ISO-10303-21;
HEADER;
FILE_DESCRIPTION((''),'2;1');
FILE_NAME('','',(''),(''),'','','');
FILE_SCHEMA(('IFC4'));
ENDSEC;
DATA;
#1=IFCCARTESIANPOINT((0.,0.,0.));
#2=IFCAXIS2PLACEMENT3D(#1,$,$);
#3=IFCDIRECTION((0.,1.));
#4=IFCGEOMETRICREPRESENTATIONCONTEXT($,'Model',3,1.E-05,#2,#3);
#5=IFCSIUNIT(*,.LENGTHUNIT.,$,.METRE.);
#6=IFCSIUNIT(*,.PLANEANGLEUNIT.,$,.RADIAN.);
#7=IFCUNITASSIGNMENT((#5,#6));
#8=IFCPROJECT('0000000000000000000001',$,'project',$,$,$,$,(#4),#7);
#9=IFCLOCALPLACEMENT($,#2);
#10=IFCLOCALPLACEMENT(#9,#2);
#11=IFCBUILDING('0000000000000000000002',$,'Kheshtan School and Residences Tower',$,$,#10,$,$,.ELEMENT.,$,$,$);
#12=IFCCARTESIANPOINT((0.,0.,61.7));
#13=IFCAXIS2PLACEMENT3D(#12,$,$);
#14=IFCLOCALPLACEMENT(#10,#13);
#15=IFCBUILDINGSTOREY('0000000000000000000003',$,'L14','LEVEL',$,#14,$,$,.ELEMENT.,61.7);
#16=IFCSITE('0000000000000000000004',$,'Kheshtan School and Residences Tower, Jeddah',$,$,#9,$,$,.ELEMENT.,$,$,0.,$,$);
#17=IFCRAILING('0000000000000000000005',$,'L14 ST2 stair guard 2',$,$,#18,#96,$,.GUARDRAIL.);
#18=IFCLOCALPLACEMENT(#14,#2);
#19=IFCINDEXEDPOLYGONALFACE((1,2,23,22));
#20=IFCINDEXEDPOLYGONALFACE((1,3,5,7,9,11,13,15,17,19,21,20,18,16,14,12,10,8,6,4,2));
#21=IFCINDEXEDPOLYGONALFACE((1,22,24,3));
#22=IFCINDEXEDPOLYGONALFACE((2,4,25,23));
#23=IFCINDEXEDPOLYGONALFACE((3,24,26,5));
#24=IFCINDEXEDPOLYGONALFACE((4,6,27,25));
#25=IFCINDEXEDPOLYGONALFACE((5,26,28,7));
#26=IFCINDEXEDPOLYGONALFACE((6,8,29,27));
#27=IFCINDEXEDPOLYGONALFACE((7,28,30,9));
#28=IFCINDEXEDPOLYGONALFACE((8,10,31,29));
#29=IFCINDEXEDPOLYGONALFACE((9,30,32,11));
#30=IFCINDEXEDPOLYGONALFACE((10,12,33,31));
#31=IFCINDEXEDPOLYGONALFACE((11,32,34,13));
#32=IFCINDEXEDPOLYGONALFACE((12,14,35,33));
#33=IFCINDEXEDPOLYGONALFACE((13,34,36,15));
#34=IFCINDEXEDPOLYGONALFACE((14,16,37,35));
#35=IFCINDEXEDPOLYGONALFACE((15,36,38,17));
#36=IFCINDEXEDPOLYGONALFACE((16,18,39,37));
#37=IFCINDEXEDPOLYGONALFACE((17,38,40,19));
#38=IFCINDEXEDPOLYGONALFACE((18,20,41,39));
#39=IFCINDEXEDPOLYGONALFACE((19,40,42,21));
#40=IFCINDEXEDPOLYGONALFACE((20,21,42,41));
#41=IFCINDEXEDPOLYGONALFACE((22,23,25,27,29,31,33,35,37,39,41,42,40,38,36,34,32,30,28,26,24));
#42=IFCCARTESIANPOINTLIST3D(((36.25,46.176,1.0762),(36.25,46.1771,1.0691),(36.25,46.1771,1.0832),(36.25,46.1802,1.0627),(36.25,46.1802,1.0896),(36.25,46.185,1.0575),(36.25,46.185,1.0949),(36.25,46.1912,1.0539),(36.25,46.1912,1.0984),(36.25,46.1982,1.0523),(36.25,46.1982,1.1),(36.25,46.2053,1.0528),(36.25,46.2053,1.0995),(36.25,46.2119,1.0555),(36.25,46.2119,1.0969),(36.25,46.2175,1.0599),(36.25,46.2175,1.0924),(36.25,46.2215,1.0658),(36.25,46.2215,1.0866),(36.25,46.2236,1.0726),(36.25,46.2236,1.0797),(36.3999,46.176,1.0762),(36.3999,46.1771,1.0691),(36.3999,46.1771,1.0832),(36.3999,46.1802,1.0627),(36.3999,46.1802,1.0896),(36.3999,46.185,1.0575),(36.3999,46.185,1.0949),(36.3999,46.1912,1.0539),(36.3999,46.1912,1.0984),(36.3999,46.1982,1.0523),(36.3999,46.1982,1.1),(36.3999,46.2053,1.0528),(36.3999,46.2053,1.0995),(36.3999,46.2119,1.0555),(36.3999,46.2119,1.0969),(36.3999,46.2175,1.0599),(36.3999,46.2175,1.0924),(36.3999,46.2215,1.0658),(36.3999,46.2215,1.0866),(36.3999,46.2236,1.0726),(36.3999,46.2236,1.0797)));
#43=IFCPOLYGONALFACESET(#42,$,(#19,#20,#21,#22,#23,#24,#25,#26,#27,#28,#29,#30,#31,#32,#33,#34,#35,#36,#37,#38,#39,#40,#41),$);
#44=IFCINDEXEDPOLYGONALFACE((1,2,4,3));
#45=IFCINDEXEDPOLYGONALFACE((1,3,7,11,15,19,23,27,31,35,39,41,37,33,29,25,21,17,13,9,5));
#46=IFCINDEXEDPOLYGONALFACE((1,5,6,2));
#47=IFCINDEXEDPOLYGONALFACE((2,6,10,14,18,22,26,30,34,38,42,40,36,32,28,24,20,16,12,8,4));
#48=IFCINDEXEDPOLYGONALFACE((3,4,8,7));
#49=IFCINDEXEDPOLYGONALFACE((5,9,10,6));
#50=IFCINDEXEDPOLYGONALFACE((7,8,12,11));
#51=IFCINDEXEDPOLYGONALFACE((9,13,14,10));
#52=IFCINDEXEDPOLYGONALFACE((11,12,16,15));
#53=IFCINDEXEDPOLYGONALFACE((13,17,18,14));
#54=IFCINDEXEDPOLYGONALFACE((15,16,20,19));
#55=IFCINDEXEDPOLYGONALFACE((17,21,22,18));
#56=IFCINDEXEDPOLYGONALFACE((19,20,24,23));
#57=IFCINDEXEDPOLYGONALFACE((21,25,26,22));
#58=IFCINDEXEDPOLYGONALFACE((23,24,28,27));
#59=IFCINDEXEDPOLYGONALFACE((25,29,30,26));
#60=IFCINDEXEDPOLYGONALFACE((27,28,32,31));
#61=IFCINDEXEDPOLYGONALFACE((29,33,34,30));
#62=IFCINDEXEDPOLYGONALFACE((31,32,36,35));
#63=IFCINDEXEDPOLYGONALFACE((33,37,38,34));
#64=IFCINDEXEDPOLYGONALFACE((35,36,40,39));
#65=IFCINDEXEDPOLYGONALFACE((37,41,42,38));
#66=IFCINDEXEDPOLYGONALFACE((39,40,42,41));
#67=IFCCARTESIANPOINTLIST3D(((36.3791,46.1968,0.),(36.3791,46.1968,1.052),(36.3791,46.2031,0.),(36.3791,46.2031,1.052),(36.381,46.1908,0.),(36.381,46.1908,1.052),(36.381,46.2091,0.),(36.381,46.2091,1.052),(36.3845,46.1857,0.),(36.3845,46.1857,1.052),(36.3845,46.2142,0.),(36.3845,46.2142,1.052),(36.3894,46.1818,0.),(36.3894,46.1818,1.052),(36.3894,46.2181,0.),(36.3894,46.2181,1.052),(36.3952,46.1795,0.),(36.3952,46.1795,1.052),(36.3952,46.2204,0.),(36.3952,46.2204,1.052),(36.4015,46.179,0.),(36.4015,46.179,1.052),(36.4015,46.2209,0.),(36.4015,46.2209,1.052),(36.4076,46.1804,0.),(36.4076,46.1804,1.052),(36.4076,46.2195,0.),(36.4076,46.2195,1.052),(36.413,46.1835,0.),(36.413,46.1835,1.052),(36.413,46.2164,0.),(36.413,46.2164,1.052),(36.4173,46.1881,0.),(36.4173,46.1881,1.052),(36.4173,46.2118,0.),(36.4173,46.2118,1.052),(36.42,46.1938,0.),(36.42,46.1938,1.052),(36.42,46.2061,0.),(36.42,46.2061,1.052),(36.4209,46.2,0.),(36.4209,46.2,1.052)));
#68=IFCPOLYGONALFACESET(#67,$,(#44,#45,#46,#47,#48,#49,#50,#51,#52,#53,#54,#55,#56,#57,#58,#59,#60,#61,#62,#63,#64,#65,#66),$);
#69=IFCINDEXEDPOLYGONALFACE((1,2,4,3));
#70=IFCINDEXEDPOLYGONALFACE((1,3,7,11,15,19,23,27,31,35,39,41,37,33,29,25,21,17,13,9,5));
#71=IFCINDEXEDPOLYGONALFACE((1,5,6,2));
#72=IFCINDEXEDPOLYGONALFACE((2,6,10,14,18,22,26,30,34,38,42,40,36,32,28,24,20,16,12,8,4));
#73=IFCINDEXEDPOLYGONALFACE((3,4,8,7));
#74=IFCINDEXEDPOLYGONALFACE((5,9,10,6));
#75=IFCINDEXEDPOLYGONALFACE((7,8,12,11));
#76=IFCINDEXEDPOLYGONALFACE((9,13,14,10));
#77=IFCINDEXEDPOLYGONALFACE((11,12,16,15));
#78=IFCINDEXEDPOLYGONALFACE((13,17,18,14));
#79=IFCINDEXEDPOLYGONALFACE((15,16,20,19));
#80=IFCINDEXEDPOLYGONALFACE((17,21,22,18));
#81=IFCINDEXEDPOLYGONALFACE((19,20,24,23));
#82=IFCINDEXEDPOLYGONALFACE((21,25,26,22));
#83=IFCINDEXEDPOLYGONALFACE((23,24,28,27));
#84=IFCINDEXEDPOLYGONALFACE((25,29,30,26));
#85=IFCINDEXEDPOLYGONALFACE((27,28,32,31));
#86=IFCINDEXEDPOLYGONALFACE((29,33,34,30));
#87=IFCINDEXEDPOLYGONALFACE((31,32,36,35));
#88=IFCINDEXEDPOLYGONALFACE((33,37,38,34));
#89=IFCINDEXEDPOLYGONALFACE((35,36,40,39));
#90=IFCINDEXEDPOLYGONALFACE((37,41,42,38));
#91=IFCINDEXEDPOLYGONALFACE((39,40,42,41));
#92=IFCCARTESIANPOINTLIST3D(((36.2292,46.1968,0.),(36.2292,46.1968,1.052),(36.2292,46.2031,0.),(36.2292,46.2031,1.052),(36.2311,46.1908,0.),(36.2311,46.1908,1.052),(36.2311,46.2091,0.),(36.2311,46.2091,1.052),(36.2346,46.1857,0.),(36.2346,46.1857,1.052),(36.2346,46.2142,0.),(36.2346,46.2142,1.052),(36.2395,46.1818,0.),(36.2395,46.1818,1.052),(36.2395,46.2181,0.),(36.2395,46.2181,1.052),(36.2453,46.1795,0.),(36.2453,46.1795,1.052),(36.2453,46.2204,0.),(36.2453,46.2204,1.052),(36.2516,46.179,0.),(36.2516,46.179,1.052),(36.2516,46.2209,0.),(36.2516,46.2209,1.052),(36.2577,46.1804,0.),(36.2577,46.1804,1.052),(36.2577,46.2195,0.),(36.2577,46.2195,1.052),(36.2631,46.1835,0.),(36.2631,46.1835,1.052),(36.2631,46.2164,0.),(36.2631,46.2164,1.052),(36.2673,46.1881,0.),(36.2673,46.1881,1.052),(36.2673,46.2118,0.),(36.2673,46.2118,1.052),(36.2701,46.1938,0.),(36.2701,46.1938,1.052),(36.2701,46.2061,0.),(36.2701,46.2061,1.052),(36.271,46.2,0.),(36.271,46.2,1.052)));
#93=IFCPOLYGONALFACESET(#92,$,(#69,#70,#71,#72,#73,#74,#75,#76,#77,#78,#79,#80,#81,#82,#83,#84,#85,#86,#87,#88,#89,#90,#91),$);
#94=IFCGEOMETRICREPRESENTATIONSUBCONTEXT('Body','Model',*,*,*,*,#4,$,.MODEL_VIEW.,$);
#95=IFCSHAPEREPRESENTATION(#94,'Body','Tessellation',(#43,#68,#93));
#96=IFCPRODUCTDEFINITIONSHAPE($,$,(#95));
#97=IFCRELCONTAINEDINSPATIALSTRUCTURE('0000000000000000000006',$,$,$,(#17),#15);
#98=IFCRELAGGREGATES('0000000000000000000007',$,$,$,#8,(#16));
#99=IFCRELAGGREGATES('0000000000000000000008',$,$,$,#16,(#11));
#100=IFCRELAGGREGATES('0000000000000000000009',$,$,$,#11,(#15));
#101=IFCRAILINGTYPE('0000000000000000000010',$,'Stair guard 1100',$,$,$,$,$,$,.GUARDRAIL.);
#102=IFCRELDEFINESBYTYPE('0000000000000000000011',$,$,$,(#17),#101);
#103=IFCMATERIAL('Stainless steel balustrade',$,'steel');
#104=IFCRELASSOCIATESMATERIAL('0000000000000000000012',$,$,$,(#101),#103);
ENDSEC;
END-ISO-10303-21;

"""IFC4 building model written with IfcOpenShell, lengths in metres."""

from ifc_helpers import new_model, si_unit, direction, frame, origin, origin_2d, place, context, subcontext, project, spatial, circle, extrude, material, type_object, element, save


model = new_model("IFC4")

# Units and contexts
model_context = context("Model", 3, precision=1e-05, world=origin(), true_north=direction((0.0, 1.0)))
body_context = subcontext(model_context, "Body", "Model", "MODEL_VIEW")
ifc_project = project(units=[si_unit("LENGTHUNIT", "METRE"), si_unit("PLANEANGLEUNIT", "RADIAN")], contexts=[model_context])

# Site, building, storey
site_placement = place(None, origin())
site = spatial("IfcSite", under=ifc_project, at=site_placement, Name="Kheshtan School and Residences Tower, Jeddah", CompositionType="ELEMENT", RefElevation=0.0)
building_placement = place(site_placement, origin())
building = spatial("IfcBuilding", under=site, at=building_placement, Name="Kheshtan School and Residences Tower", CompositionType="ELEMENT")
storey_placement = place(building_placement, frame((0.0, 0.0, 61.7)))
storey = spatial("IfcBuildingStorey", under=building, at=storey_placement, Name="L14", Description="LEVEL", CompositionType="ELEMENT", Elevation=61.7)

# Railing
ifc_material_1 = material(Name="Stainless steel balustrade", Category="steel")
railing_type_1 = type_object("IfcRailingType", Name="Stair guard 1100", PredefinedType="GUARDRAIL", material=ifc_material_1)
railing_1_placement = place(storey_placement, frame((36.3999, 46.2, 0.0)))
element("IfcRailing", 1, at=railing_1_placement, inside=storey, type_object=railing_type_1, Name="L14 ST2 stair guard 2", PredefinedType="GUARDRAIL", context=body_context, shape_type="SweptSolid", body=[
    extrude(circle(Radius=0.0239, at=origin_2d()), frame((0.0, 0.0, 1.0762), z_axis=(-1.0, 0.0, 0.0), x_axis=(0.0, -1.0, 0.0)), (0.0, 0.0, 1.0), 0.1499),
    extrude(circle(Radius=0.021, at=origin_2d()), origin(), (0.0, 0.0, 1.0), 1.052),
    extrude(circle(Radius=0.021, at=origin_2d()), frame((-0.1499, 0.0, 0.0)), (0.0, 0.0, 1.0), 1.052),
])

save(model, "model.ifc")
